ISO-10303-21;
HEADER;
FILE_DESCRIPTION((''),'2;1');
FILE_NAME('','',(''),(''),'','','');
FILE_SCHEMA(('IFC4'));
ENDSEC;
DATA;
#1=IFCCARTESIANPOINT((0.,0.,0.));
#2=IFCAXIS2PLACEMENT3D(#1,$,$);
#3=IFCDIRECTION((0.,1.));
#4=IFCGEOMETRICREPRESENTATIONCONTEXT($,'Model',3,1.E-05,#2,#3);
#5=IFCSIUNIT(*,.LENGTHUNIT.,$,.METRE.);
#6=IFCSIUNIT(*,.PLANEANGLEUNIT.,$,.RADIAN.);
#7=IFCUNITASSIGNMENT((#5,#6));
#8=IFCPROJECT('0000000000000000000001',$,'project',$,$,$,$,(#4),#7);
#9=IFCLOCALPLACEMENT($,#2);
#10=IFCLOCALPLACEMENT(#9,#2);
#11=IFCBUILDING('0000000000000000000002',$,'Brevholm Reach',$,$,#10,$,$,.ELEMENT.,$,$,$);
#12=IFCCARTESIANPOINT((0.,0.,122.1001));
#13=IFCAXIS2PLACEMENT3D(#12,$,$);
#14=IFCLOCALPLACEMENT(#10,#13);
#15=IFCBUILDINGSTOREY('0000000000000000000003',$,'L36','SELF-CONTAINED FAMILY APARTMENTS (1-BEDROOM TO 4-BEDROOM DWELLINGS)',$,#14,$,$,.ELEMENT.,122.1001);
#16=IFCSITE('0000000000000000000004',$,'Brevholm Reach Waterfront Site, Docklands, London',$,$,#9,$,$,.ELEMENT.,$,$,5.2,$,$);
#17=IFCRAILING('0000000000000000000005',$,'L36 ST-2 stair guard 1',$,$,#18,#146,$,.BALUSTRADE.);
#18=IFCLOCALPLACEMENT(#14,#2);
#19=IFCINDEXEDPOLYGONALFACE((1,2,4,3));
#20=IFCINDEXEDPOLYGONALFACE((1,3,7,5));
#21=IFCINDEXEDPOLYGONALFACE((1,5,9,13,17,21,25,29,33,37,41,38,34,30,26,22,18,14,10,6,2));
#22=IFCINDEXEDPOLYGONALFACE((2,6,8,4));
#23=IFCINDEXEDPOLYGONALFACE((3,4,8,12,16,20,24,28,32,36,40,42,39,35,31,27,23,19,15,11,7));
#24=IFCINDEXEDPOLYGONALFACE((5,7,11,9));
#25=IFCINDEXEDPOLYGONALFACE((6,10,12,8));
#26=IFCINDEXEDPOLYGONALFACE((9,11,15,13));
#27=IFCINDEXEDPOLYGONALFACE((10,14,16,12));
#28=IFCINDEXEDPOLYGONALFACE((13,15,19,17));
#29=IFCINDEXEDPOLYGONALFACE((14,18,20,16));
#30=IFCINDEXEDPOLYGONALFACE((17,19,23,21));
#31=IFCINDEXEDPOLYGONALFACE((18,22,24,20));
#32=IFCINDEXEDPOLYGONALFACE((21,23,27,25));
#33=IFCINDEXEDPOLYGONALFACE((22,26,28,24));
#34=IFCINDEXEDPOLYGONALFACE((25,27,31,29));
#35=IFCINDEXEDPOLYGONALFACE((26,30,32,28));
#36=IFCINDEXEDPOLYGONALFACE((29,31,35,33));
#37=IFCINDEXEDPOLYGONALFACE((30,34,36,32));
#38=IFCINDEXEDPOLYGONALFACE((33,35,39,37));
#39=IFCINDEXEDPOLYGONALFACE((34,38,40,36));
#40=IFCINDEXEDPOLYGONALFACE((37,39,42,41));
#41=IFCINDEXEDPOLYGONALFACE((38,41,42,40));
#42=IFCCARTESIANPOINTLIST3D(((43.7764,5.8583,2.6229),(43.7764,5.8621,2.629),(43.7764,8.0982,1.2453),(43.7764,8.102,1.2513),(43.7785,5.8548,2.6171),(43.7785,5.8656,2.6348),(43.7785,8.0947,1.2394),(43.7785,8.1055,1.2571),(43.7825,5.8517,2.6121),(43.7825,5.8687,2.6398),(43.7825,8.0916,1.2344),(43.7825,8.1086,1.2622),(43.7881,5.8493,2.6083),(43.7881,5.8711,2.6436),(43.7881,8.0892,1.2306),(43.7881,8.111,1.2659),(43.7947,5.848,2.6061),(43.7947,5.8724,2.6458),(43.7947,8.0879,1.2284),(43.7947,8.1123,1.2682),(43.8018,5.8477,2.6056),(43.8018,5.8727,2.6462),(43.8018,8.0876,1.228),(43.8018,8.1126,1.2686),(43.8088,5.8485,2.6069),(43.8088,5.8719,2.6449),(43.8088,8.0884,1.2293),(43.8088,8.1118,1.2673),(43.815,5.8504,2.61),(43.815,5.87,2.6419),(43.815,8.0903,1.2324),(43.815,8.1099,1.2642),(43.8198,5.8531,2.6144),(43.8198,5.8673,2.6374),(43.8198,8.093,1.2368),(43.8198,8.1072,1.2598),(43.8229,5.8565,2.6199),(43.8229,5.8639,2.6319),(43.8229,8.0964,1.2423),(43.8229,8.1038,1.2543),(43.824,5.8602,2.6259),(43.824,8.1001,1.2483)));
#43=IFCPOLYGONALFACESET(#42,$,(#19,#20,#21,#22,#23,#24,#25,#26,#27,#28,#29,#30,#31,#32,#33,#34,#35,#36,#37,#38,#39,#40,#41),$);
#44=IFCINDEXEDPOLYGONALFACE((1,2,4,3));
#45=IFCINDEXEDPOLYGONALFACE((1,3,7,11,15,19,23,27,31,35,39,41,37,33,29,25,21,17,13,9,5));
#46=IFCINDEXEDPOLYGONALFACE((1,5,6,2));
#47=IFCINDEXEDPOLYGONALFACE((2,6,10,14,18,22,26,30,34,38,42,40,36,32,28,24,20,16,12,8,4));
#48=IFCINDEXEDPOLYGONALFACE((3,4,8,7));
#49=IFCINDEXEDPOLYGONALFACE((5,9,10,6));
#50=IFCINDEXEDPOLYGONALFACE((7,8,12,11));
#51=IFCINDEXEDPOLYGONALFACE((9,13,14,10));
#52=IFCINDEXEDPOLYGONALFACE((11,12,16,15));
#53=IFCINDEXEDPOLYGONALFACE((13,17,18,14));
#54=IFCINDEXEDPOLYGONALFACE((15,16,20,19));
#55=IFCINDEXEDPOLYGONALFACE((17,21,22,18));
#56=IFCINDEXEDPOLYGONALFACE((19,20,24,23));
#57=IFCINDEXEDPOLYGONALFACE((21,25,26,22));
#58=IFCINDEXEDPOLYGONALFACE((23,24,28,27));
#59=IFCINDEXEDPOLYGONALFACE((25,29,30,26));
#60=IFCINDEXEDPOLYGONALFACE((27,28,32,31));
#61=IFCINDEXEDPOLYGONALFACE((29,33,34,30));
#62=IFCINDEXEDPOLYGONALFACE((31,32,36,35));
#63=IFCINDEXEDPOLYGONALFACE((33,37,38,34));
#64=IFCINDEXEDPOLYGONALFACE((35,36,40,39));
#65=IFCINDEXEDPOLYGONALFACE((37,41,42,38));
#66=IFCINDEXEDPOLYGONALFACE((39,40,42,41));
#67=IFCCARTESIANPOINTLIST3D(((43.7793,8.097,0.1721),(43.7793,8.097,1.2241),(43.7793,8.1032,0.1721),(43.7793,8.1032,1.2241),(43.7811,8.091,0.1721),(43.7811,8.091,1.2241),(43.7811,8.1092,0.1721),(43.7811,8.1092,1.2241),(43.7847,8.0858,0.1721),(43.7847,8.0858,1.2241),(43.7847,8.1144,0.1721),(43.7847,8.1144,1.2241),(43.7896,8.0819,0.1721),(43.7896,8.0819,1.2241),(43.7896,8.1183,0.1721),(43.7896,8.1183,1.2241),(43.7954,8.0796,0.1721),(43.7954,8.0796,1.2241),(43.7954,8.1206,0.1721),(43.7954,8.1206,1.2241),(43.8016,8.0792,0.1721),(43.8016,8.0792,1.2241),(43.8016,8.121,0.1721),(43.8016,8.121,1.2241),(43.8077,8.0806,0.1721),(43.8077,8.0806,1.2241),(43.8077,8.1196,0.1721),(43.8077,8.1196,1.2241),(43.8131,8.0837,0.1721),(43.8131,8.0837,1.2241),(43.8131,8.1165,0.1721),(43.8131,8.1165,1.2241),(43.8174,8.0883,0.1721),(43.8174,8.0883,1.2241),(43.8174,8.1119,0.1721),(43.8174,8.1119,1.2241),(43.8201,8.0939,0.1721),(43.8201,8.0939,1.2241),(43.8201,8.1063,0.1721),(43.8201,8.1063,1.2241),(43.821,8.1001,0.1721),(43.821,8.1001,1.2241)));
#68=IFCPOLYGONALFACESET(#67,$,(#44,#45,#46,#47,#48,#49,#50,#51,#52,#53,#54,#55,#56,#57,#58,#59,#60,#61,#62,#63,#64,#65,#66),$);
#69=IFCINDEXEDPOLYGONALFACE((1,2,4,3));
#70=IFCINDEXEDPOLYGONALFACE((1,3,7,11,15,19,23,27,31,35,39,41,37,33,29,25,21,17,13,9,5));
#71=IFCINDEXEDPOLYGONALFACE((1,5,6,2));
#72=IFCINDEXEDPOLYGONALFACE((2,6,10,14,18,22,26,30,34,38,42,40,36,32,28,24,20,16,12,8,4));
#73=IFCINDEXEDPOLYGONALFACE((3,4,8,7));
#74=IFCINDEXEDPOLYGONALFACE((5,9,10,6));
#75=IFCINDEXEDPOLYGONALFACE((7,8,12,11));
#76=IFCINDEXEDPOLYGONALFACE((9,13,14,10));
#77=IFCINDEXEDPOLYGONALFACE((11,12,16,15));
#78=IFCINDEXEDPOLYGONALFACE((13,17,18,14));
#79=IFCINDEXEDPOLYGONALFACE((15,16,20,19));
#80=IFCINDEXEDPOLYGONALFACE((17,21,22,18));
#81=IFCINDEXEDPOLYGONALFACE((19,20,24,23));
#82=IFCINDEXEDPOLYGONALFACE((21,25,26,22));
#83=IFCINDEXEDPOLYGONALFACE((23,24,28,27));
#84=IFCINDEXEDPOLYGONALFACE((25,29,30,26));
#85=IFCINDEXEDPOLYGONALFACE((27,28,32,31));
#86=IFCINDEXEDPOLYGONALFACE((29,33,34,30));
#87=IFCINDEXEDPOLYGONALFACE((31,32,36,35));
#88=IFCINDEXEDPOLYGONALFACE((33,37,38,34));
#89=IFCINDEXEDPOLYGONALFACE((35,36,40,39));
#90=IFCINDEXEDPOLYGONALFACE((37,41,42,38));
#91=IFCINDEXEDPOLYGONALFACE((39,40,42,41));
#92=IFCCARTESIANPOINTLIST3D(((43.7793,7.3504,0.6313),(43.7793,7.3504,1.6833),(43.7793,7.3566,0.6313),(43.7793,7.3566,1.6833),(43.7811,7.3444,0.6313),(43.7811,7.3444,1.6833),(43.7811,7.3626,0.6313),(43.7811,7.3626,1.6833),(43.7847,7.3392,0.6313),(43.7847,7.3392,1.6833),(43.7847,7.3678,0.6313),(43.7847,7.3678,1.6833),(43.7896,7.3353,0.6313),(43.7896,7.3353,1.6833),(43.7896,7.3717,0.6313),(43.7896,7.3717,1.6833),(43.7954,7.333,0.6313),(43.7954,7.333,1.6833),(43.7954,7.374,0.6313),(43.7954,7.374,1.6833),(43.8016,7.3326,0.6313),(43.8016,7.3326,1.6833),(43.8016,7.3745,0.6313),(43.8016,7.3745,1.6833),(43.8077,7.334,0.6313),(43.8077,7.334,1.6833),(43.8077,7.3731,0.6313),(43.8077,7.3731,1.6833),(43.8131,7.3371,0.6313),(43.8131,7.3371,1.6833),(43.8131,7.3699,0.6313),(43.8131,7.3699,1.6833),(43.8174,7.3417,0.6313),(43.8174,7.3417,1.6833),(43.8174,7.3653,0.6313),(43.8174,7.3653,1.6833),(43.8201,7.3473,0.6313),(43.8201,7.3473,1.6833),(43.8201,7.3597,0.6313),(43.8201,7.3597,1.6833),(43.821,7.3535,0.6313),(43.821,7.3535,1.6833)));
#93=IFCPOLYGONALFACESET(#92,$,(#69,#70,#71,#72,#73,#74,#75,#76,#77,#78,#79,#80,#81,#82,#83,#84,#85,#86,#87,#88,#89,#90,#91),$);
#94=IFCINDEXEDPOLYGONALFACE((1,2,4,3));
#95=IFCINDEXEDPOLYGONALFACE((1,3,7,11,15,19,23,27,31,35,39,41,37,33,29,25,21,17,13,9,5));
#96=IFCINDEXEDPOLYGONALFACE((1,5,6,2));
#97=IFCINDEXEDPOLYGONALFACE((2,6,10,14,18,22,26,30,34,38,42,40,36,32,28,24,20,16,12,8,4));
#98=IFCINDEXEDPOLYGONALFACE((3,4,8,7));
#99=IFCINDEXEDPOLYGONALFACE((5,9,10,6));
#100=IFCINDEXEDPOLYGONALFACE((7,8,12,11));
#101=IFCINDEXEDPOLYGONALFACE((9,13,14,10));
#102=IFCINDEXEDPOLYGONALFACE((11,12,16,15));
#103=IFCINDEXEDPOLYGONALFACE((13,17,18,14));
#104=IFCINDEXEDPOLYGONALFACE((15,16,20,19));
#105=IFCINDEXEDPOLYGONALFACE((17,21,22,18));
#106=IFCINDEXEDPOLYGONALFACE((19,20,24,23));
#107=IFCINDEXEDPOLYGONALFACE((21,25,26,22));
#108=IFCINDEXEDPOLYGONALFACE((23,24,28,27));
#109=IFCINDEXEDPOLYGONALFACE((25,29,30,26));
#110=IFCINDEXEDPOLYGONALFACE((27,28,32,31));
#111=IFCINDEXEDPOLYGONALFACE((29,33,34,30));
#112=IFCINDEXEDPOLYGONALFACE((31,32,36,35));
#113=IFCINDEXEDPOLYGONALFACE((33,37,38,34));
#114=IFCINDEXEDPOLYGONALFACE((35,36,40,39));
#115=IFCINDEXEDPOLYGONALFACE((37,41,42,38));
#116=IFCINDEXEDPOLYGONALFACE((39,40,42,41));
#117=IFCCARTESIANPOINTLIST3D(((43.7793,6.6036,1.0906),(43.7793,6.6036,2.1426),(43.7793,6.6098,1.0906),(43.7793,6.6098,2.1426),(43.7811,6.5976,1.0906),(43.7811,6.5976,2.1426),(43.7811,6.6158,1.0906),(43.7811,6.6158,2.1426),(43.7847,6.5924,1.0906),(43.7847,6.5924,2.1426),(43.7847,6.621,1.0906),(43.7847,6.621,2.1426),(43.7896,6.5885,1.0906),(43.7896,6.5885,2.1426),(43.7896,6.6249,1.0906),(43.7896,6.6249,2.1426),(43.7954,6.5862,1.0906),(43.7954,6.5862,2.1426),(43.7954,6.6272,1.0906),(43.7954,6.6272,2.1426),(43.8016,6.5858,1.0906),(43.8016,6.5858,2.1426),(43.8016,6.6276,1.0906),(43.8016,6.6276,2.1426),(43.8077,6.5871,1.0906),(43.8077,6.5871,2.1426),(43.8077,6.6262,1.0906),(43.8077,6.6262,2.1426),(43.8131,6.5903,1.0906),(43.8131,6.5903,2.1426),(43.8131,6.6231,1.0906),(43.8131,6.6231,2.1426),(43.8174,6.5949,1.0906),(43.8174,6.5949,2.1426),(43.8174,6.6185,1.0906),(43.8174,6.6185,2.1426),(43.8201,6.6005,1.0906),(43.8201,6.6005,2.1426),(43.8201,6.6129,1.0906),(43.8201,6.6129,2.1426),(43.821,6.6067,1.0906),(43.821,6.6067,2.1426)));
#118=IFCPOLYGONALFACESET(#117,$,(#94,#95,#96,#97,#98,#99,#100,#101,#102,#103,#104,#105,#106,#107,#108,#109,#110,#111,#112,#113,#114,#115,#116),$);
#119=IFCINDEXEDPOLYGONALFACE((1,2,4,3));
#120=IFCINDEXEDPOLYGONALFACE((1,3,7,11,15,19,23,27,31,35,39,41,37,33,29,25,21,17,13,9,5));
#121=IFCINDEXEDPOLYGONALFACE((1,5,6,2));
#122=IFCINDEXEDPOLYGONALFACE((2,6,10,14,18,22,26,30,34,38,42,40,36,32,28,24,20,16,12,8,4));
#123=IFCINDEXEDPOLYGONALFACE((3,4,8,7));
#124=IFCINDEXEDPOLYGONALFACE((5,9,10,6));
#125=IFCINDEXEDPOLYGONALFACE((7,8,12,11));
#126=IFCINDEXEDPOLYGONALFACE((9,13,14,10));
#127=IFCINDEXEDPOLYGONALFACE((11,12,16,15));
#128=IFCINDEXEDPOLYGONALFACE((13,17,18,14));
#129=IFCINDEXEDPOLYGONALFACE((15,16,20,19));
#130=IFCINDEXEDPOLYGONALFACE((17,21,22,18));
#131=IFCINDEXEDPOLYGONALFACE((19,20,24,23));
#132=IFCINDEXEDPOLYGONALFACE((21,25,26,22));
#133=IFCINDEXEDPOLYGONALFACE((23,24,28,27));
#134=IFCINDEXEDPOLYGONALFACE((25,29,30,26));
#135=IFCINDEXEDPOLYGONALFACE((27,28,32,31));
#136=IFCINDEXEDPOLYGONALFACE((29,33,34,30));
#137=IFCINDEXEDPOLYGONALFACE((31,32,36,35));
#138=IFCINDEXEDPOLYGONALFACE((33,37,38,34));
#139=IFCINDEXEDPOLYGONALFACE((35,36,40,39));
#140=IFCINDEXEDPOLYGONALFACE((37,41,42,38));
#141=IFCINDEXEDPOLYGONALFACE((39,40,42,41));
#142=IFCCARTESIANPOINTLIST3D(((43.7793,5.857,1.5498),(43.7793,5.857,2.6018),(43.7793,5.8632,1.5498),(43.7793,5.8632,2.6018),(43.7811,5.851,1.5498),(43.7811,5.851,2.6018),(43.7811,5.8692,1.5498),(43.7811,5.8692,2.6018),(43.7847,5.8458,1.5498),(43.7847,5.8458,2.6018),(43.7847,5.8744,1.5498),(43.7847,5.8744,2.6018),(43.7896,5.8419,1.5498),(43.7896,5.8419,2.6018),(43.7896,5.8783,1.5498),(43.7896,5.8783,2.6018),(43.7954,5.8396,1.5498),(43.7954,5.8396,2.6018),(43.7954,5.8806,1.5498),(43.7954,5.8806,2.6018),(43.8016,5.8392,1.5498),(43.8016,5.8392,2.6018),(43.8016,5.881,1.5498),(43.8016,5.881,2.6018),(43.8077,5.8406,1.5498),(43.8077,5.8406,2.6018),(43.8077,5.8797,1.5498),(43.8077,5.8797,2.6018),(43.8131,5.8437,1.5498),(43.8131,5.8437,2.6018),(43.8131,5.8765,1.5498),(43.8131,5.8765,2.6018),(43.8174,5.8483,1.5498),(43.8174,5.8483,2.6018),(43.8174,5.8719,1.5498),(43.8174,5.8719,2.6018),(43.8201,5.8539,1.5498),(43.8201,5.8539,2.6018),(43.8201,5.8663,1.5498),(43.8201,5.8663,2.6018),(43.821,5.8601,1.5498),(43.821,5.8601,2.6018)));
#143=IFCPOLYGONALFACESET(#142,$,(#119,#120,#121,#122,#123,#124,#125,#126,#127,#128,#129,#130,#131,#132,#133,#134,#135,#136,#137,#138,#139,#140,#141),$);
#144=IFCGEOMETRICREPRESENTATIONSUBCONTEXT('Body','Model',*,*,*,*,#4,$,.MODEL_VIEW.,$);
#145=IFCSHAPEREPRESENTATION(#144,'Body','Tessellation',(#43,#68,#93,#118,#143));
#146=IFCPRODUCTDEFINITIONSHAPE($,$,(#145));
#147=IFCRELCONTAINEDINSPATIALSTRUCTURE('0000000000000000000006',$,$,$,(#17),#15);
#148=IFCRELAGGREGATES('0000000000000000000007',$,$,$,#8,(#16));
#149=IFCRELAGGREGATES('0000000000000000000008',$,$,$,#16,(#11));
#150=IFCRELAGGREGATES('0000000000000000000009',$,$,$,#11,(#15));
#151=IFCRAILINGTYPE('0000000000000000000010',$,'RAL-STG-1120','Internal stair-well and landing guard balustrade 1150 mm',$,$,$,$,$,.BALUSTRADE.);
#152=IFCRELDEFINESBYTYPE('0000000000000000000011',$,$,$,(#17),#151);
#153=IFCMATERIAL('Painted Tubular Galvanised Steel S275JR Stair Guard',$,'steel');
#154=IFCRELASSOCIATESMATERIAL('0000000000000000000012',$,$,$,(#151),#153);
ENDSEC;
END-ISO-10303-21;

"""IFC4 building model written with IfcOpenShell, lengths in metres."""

from ifc_helpers import new_model, si_unit, direction, frame, origin, origin_2d, place, context, subcontext, project, spatial, circle, extrude, material, type_object, element, save


model = new_model("IFC4")

# Units and contexts
model_context = context("Model", 3, precision=1e-05, world=origin(), true_north=direction((0.0, 1.0)))
body_context = subcontext(model_context, "Body", "Model", "MODEL_VIEW")
ifc_project = project(units=[si_unit("LENGTHUNIT", "METRE"), si_unit("PLANEANGLEUNIT", "RADIAN")], contexts=[model_context])

# Site, building, storey
site_placement = place(None, origin())
site = spatial("IfcSite", under=ifc_project, at=site_placement, Name="Brevholm Reach Waterfront Site, Docklands, London", CompositionType="ELEMENT", RefElevation=5.2)
building_placement = place(site_placement, origin())
building = spatial("IfcBuilding", under=site, at=building_placement, Name="Brevholm Reach", CompositionType="ELEMENT")
storey_placement = place(building_placement, frame((0.0, 0.0, 122.1001)))
storey = spatial("IfcBuildingStorey", under=building, at=storey_placement, Name="L36", Description="SELF-CONTAINED FAMILY APARTMENTS (1-BEDROOM TO 4-BEDROOM DWELLINGS)", CompositionType="ELEMENT", Elevation=122.1001)

# Railing
ifc_material_1 = material(Name="Painted Tubular Galvanised Steel S275JR Stair Guard", Category="steel")
railing_type_1 = type_object("IfcRailingType", Name="RAL-STG-1120", Description="Internal stair-well and landing guard balustrade 1150 mm", PredefinedType="BALUSTRADE", material=ifc_material_1)
railing_1_placement = place(storey_placement, frame((43.8, 8.1001, 0.1721)))
element("IfcRailing", 1, at=railing_1_placement, inside=storey, type_object=railing_type_1, Name="L36 ST-2 stair guard 1", PredefinedType="BALUSTRADE", context=body_context, shape_type="SweptSolid", body=[
    extrude(circle(Radius=0.0239, at=origin_2d()), frame((0.0, 0.0, 1.0762), z_axis=(0.0, -0.851789, 0.523885), x_axis=(1.0, 0.0, 0.0)), (0.0, 0.0, 1.0), 2.6296),
    extrude(circle(Radius=0.021, at=origin_2d()), origin(), (0.0, 0.0, 1.0), 1.052),
    extrude(circle(Radius=0.021, at=origin_2d()), frame((0.0, -0.7466, 0.4592)), (0.0, 0.0, 1.0), 1.052),
    extrude(circle(Radius=0.021, at=origin_2d()), frame((0.0, -1.4934, 0.9185)), (0.0, 0.0, 1.0), 1.052),
    extrude(circle(Radius=0.021, at=origin_2d()), frame((0.0, -2.24, 1.3777)), (0.0, 0.0, 1.0), 1.052),
])

save(model, "model.ifc")
